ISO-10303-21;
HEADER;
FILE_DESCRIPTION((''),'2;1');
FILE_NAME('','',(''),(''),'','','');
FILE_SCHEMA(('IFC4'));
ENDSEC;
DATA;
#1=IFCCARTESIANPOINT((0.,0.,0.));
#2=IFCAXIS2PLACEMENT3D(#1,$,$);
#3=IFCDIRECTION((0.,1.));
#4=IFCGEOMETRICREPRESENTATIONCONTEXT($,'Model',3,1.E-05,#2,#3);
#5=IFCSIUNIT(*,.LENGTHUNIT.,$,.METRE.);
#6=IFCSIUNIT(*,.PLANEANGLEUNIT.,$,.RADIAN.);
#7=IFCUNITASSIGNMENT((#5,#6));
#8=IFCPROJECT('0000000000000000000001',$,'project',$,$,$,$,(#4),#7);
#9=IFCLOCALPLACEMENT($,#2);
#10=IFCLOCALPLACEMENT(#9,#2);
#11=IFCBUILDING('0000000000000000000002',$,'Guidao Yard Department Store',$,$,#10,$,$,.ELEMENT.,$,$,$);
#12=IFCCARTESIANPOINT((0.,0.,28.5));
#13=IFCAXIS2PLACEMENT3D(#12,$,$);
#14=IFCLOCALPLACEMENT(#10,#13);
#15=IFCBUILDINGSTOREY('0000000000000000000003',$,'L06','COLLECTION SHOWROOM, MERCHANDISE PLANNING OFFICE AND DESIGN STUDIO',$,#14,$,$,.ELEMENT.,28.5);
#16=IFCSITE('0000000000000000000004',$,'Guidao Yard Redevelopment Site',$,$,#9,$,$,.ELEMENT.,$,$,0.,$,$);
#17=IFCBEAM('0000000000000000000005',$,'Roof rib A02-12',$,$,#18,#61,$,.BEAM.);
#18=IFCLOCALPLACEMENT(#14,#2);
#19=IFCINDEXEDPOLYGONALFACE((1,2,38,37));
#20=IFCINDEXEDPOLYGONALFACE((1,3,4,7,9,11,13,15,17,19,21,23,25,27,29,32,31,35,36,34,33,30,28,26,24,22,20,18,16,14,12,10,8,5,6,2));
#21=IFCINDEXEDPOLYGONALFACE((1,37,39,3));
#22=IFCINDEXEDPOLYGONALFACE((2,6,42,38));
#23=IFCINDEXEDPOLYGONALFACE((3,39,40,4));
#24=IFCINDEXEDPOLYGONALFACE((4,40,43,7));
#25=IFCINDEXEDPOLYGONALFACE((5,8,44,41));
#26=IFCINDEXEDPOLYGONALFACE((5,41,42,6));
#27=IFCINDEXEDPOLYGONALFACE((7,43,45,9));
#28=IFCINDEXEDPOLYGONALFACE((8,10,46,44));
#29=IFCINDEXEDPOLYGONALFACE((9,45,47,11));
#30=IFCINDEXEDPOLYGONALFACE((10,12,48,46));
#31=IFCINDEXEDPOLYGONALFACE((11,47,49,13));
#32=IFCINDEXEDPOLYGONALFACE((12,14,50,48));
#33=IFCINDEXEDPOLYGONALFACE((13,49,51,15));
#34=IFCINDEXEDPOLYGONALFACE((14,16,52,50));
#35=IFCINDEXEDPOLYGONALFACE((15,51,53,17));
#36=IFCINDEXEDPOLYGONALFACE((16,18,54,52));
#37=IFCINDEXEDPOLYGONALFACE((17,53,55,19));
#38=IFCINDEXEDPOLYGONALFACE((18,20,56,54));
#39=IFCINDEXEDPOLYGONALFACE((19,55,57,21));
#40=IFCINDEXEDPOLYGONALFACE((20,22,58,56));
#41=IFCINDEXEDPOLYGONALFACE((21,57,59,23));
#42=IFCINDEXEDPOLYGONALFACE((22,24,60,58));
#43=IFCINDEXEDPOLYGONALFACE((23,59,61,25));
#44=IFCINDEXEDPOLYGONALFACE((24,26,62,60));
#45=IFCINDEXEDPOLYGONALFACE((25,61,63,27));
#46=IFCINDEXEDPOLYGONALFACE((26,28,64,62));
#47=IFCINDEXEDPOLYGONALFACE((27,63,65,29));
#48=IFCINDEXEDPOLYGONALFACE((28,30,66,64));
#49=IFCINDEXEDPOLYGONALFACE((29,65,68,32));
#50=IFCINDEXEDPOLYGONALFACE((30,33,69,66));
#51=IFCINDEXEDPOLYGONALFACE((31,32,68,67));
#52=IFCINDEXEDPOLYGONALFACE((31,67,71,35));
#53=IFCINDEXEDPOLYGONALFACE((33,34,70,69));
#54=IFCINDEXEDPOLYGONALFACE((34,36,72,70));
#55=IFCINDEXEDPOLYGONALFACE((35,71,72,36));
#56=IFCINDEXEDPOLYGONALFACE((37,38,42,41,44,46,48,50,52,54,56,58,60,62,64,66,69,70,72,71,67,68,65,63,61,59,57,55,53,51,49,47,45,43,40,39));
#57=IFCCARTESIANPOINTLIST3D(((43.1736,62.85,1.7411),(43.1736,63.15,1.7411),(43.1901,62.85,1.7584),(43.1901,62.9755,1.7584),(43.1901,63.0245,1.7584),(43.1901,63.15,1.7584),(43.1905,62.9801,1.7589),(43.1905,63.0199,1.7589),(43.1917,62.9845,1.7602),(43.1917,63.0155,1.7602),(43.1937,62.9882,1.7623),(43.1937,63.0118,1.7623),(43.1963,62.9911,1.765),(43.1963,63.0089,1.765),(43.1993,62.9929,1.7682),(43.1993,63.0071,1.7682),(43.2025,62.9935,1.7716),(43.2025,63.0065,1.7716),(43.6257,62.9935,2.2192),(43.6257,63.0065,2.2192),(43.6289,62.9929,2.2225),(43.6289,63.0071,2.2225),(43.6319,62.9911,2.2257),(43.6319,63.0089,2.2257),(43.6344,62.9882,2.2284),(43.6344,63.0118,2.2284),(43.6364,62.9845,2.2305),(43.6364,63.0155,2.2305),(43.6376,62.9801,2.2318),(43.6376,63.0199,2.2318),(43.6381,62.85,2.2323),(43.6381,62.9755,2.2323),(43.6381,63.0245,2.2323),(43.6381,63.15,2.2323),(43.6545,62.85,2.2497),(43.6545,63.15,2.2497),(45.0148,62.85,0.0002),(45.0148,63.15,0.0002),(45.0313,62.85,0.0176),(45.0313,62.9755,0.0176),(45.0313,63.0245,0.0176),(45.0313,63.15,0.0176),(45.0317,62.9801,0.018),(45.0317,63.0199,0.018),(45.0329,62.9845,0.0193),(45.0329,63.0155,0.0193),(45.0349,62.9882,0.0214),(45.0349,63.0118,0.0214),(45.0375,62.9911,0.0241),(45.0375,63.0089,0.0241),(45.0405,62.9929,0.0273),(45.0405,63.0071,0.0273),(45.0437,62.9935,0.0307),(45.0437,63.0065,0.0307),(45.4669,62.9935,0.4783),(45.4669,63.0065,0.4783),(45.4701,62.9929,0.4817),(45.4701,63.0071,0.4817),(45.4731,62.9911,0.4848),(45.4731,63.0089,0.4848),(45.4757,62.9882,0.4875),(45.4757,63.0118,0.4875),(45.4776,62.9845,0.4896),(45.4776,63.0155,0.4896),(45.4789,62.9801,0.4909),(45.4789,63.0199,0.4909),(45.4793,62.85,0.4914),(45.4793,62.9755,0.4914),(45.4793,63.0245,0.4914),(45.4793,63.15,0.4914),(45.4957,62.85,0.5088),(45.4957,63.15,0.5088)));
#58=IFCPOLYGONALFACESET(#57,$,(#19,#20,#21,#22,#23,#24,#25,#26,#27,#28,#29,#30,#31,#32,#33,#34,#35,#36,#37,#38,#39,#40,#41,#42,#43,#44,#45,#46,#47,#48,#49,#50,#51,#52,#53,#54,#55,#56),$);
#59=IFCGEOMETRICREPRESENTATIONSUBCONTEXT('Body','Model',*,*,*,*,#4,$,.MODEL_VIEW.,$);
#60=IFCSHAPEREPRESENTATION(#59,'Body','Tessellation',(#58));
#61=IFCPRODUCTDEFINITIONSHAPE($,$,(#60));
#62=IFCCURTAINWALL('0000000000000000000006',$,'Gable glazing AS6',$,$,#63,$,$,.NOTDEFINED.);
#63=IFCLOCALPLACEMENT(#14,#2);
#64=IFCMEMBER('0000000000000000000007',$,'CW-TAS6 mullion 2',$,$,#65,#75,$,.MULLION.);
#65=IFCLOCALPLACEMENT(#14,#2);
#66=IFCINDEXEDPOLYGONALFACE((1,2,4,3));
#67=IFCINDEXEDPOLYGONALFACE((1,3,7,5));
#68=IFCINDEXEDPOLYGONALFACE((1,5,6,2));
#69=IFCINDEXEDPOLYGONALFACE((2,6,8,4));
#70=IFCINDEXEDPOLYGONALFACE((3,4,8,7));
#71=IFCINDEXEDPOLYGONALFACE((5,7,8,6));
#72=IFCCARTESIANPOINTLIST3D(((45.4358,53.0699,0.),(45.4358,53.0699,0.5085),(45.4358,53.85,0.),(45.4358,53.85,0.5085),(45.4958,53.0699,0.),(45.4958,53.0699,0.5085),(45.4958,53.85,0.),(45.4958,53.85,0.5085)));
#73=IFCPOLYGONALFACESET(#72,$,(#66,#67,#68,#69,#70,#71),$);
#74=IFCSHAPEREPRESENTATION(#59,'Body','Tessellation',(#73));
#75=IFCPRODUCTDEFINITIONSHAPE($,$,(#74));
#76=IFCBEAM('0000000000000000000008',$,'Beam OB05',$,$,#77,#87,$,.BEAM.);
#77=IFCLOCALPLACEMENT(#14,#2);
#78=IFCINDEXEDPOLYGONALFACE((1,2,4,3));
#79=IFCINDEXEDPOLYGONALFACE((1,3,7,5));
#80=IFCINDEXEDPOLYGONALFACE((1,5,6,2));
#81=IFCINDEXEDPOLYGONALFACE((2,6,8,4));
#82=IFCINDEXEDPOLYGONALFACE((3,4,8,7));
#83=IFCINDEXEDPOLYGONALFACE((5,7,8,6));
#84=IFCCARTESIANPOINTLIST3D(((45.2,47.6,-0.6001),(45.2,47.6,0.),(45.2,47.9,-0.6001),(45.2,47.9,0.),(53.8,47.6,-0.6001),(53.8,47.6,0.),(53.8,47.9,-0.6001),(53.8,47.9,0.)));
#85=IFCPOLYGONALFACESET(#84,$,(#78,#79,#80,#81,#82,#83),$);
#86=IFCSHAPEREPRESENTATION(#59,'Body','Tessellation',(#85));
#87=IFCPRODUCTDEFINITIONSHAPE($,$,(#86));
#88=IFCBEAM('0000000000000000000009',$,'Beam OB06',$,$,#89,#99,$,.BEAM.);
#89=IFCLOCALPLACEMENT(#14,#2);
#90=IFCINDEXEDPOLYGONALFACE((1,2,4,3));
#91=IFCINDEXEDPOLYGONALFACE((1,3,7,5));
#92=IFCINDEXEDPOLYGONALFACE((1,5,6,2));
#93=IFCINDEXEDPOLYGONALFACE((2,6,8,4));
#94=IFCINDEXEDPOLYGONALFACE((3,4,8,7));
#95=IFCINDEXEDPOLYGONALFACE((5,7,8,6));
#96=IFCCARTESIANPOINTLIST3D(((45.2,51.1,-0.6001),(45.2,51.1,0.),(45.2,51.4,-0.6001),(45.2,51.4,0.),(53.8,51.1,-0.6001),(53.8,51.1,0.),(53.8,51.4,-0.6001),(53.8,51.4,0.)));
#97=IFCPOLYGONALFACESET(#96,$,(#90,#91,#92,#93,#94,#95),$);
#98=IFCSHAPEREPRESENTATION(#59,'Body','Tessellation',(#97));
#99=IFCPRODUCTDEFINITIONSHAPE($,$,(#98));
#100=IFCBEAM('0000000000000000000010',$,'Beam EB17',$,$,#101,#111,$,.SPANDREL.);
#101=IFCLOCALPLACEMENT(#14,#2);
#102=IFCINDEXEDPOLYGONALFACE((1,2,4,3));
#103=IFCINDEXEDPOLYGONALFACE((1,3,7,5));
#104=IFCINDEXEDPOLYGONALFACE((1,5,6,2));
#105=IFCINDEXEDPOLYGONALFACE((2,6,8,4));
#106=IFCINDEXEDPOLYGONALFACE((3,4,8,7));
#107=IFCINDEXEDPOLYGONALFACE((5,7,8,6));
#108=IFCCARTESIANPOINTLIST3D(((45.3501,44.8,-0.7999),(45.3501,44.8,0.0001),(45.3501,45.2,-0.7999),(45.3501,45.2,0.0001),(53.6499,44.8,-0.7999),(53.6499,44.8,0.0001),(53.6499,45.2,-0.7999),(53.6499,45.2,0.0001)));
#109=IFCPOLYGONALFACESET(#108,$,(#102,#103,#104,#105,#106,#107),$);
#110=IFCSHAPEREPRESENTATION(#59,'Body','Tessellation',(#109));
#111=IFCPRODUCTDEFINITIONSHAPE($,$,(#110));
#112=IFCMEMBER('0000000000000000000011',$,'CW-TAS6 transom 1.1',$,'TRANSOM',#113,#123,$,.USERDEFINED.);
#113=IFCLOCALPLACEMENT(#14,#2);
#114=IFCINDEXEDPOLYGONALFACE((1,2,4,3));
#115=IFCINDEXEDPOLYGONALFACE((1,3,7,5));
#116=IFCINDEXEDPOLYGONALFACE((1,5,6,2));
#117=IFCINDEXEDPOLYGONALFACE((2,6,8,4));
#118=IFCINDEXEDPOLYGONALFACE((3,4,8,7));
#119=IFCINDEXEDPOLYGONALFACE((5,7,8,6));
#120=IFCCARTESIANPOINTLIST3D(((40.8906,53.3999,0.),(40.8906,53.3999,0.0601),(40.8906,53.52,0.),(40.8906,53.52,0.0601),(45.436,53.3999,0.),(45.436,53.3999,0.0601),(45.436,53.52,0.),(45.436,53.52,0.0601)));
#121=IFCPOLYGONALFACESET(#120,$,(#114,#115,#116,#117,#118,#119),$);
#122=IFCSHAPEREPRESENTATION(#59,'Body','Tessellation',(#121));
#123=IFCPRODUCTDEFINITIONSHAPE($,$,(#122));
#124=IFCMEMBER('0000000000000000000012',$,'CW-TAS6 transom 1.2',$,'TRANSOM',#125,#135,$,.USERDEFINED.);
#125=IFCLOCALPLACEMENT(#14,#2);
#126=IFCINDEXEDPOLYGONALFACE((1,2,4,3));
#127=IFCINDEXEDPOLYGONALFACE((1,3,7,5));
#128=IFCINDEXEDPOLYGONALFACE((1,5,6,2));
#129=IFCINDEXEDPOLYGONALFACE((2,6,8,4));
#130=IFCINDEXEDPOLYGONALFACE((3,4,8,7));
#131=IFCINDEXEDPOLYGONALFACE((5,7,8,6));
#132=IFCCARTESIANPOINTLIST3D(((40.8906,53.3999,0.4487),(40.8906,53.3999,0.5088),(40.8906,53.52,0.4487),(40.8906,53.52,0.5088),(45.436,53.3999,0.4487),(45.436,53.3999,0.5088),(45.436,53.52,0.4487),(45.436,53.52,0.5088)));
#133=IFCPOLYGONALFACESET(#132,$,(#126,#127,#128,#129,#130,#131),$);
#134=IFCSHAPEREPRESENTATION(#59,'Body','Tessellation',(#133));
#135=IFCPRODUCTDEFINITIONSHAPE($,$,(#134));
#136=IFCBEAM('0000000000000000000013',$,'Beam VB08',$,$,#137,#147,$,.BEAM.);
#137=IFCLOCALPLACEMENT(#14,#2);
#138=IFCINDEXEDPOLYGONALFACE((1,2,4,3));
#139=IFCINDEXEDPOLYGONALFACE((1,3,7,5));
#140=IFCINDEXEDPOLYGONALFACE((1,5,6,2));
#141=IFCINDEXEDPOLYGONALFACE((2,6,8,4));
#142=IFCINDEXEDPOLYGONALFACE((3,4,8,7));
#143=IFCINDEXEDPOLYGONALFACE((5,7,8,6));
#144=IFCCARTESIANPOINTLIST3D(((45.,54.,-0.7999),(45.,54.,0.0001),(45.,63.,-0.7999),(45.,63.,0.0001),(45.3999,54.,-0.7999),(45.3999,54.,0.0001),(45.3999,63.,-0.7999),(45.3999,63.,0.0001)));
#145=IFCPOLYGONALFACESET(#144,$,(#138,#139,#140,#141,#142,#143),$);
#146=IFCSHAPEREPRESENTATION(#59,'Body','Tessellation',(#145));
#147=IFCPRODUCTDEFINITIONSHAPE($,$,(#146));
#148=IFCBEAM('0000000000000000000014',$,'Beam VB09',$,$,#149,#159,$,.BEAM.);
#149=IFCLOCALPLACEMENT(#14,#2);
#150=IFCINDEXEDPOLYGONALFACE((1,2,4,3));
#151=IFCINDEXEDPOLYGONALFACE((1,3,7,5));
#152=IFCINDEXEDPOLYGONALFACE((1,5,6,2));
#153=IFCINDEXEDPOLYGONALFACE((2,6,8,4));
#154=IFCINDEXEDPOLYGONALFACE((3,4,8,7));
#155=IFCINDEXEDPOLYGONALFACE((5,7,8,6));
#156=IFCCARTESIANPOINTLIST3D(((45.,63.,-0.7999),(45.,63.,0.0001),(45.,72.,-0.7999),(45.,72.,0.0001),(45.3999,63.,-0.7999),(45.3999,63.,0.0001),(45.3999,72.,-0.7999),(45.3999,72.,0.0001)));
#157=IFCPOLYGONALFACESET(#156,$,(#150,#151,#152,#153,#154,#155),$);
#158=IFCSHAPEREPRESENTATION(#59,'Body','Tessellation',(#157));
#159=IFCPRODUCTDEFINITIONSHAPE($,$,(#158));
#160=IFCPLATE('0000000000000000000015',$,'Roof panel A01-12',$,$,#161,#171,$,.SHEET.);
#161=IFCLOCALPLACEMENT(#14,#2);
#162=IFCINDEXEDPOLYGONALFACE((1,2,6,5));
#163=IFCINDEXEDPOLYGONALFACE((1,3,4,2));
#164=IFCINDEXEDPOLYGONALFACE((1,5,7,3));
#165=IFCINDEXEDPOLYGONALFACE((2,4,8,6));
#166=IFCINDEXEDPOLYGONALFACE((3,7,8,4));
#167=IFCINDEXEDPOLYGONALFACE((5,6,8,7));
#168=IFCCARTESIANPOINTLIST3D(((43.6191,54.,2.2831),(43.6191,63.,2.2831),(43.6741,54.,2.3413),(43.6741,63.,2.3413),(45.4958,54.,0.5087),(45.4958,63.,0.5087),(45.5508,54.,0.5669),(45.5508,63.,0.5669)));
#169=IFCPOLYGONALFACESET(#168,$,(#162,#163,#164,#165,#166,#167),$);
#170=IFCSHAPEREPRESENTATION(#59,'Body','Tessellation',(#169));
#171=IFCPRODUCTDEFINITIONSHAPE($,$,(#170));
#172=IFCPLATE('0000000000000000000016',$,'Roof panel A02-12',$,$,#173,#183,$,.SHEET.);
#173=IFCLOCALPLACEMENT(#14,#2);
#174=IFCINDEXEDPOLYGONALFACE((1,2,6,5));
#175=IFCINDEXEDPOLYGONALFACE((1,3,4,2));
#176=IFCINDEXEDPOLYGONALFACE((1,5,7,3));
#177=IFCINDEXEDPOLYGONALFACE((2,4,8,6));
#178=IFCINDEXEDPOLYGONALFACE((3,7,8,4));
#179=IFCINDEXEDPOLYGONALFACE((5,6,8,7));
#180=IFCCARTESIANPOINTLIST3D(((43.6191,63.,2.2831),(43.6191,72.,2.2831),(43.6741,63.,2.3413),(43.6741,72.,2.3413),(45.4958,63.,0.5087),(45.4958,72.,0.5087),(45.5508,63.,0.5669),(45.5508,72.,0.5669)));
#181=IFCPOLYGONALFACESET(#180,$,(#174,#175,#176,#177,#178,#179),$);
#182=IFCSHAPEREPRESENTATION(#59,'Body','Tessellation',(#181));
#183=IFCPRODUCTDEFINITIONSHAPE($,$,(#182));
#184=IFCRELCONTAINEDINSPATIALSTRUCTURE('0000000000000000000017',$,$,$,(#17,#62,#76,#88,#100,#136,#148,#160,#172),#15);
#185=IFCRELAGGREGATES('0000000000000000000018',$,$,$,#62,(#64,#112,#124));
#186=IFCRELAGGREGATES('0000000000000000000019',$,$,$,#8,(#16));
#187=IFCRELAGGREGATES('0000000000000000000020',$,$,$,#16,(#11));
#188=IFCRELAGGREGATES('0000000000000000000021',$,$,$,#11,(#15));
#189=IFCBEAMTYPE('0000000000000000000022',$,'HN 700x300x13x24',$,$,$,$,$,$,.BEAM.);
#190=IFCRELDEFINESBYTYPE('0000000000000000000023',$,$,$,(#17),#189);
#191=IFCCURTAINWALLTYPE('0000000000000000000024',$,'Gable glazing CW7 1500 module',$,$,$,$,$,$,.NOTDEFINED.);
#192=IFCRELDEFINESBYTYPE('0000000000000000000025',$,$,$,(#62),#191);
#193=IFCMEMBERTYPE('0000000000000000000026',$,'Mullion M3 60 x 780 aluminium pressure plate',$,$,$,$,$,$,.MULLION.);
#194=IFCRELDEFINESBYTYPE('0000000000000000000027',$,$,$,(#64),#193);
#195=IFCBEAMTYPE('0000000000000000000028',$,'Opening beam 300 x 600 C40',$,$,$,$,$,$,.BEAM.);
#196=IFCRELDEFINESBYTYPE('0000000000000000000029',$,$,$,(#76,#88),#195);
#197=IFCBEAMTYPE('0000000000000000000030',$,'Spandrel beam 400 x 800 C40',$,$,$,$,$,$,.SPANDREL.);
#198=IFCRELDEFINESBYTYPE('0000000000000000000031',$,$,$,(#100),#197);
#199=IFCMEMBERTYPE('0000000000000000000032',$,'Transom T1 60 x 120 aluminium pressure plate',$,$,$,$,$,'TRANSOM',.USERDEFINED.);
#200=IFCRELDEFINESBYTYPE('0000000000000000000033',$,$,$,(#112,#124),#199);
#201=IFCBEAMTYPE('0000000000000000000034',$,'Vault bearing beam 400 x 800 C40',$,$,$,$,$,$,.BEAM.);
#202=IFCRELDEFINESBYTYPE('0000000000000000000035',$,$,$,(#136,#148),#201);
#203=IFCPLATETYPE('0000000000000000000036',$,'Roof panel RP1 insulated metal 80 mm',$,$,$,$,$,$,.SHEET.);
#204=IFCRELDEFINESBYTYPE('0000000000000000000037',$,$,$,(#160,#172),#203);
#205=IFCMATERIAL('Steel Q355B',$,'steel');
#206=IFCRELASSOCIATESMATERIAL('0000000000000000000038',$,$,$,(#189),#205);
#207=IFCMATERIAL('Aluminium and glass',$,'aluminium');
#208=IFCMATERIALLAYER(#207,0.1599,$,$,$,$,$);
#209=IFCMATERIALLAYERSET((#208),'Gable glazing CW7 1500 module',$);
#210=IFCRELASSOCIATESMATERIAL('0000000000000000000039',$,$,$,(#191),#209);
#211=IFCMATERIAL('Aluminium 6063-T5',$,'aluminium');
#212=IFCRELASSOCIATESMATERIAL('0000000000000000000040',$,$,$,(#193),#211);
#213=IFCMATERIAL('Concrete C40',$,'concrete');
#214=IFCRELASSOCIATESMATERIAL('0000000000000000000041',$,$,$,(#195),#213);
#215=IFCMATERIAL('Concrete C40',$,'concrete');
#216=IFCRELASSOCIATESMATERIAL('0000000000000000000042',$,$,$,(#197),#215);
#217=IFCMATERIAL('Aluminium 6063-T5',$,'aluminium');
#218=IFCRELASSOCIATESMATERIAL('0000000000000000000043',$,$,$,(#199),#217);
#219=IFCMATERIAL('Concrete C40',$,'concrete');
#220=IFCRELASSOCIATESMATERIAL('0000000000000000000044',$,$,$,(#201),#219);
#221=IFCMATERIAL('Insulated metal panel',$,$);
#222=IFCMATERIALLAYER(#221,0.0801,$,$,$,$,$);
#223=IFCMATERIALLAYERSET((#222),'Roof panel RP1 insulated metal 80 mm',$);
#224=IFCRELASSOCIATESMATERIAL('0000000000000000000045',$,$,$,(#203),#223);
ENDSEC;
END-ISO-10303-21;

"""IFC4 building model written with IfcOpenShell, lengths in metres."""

from ifc_helpers import new_model, si_unit, direction, frame, origin, origin_2d, place, context, subcontext, project, spatial, polyline, rectangle, i_section, outline, extrude, material, layer, layer_set, material_profile, profile_set, type_object, element, aggregate, save


model = new_model("IFC4")

# Units and contexts
model_context = context("Model", 3, precision=1e-05, world=origin(), true_north=direction((0.0, 1.0)))
body_context = subcontext(model_context, "Body", "Model", "MODEL_VIEW")
ifc_project = project(units=[si_unit("LENGTHUNIT", "METRE"), si_unit("PLANEANGLEUNIT", "RADIAN")], contexts=[model_context])

# Site, building, storey
site_placement = place(None, origin())
site = spatial("IfcSite", under=ifc_project, at=site_placement, Name="Guidao Yard Redevelopment Site", CompositionType="ELEMENT", RefElevation=0.0)
building_placement = place(site_placement, origin())
building = spatial("IfcBuilding", under=site, at=building_placement, Name="Guidao Yard Department Store", CompositionType="ELEMENT")
storey_placement = place(building_placement, frame((0.0, 0.0, 28.5)))
storey = spatial("IfcBuildingStorey", under=building, at=storey_placement, Name="L06", Description="COLLECTION SHOWROOM, MERCHANDISE PLANNING OFFICE AND DESIGN STUDIO", CompositionType="ELEMENT", Elevation=28.5)

# Beam
ifc_material_1 = material(Name="Steel Q355B", Category="steel")
ifc_material_profile_1 = material_profile(ifc_material_1, i_section(OverallWidth=0.3, OverallDepth=0.7, WebThickness=0.0129, FlangeThickness=0.0239, FilletRadius=0.0181, at=origin_2d()), Name="HN 700x300x13x24")
ifc_profile_set_1 = profile_set([ifc_material_profile_1], Name="Steel Q355B")
beam_type_1 = type_object("IfcBeamType", Name="HN 700x300x13x24", PredefinedType="BEAM", material=ifc_profile_set_1)
for number, where, z_axis, x_axis, name in (
    (1, (43.4141, 63.0, 1.9954), (0.726628, 0.0, -0.687031), (0.0, 1.0, 0.0), "Roof rib A02-12"),
):
    element("IfcBeam", number, at=place(storey_placement, frame(where, z_axis=z_axis, x_axis=x_axis)), inside=storey, type_object=beam_type_1, Name=name, PredefinedType="BEAM", context=body_context, shape_type="SweptSolid", body=[
        extrude(i_section(OverallWidth=0.3, OverallDepth=0.7, WebThickness=0.0129, FlangeThickness=0.0239, FilletRadius=0.0181, at=origin_2d()), origin(), (0.0, 0.0, 1.0), 2.5339),
    ])

# Curtain wall, member
ifc_material_2 = material(Name="Aluminium and glass", Category="aluminium")
ifc_layer_1 = layer(ifc_material_2, 0.1599)
ifc_layer_set_1 = layer_set([ifc_layer_1], Name="Gable glazing CW7 1500 module")
curtain_wall_type = type_object("IfcCurtainWallType", Name="Gable glazing CW7 1500 module", PredefinedType="NOTDEFINED", material=ifc_layer_set_1)
curtain_wall_placement = place(storey_placement, origin())
curtain_wall = element("IfcCurtainWall", 2, at=curtain_wall_placement, inside=storey, type_object=curtain_wall_type, Name="Gable glazing AS6", PredefinedType="NOTDEFINED")
ifc_material_3 = material(Name="Aluminium 6063-T5", Category="aluminium")
ifc_material_profile_2 = material_profile(ifc_material_3, rectangle(XDim=0.0601, YDim=0.78, at=origin_2d()), Name="Mullion M3 60 x 780 aluminium pressure plate")
ifc_profile_set_2 = profile_set([ifc_material_profile_2], Name="Aluminium 6063-T5")
member_type_1 = type_object("IfcMemberType", Name="Mullion M3 60 x 780 aluminium pressure plate", PredefinedType="MULLION", material=ifc_profile_set_2)
member_1_placement = place(storey_placement, frame((45.4658, 53.46, 0.0), z_axis=(0.0, 0.0, 1.0), x_axis=(-1.0, 0.0, 0.0)))
member_1 = element("IfcMember", 3, at=member_1_placement, type_object=member_type_1, Name="CW-TAS6 mullion 2", PredefinedType="MULLION", context=body_context, shape_type="SweptSolid", body=[
    extrude(rectangle(XDim=0.0601, YDim=0.78, at=origin_2d()), origin(), (0.0, 0.0, 1.0), 0.5085),
])

# Beams
ifc_material_4 = material(Name="Concrete C40", Category="concrete")
ifc_material_profile_3 = material_profile(ifc_material_4, rectangle(XDim=0.3, YDim=0.6001, at=origin_2d()), Name="Opening beam 300 x 600 C40")
ifc_profile_set_3 = profile_set([ifc_material_profile_3], Name="Concrete C40")
beam_type_2 = type_object("IfcBeamType", Name="Opening beam 300 x 600 C40", PredefinedType="BEAM", material=ifc_profile_set_3)
for number, where, z_axis, x_axis, name in (
    (4, (45.2, 47.75, -0.3), (1.0, 0.0, 0.0), (0.0, 1.0, 0.0), "Beam OB05"),
    (5, (45.2, 51.25, -0.3), (1.0, 0.0, 0.0), (0.0, 1.0, 0.0), "Beam OB06"),
):
    element("IfcBeam", number, at=place(storey_placement, frame(where, z_axis=z_axis, x_axis=x_axis)), inside=storey, type_object=beam_type_2, Name=name, PredefinedType="BEAM", context=body_context, shape_type="SweptSolid", body=[
        extrude(rectangle(XDim=0.3, YDim=0.6001, at=origin_2d()), origin(), (0.0, 0.0, 1.0), 8.6001),
    ])
ifc_material_5 = material(Name="Concrete C40", Category="concrete")
ifc_material_profile_4 = material_profile(ifc_material_5, rectangle(XDim=0.3999, YDim=0.8, at=origin_2d()), Name="Spandrel beam 400 x 800 C40")
ifc_profile_set_4 = profile_set([ifc_material_profile_4], Name="Concrete C40")
beam_type_3 = type_object("IfcBeamType", Name="Spandrel beam 400 x 800 C40", PredefinedType="SPANDREL", material=ifc_profile_set_4)
beam_placement = place(storey_placement, frame((45.3501, 45.0, -0.3999), z_axis=(1.0, 0.0, 0.0), x_axis=(0.0, 1.0, 0.0)))
element("IfcBeam", 6, at=beam_placement, inside=storey, type_object=beam_type_3, Name="Beam EB17", PredefinedType="SPANDREL", context=body_context, shape_type="SweptSolid", body=[
    extrude(rectangle(XDim=0.3999, YDim=0.8, at=origin_2d()), origin(), (0.0, 0.0, 1.0), 8.2998),
])

# Members
ifc_material_6 = material(Name="Aluminium 6063-T5", Category="aluminium")
ifc_material_profile_5 = material_profile(ifc_material_6, rectangle(XDim=0.1201, YDim=0.0601, at=origin_2d()), Name="Transom T1 60 x 120 aluminium pressure plate")
ifc_profile_set_5 = profile_set([ifc_material_profile_5], Name="Aluminium 6063-T5")
member_type_2 = type_object("IfcMemberType", Name="Transom T1 60 x 120 aluminium pressure plate", ElementType="TRANSOM", PredefinedType="USERDEFINED", material=ifc_profile_set_5)
member_2_placement = place(storey_placement, frame((45.436, 53.46, 0.03), z_axis=(-1.0, 0.0, 0.0), x_axis=(0.0, -1.0, 0.0)))
member_2 = element("IfcMember", 7, at=member_2_placement, type_object=member_type_2, Name="CW-TAS6 transom 1.1", ObjectType="TRANSOM", PredefinedType="USERDEFINED", context=body_context, shape_type="SweptSolid", body=[
    extrude(rectangle(XDim=0.1201, YDim=0.0601, at=origin_2d()), origin(), (0.0, 0.0, 1.0), 4.5454),
])
member_3_placement = place(storey_placement, frame((45.436, 53.46, 0.4788), z_axis=(-1.0, 0.0, 0.0), x_axis=(0.0, -1.0, 0.0)))
member_3 = element("IfcMember", 8, at=member_3_placement, type_object=member_type_2, Name="CW-TAS6 transom 1.2", ObjectType="TRANSOM", PredefinedType="USERDEFINED", context=body_context, shape_type="SweptSolid", body=[
    extrude(rectangle(XDim=0.1201, YDim=0.0601, at=origin_2d()), origin(), (0.0, 0.0, 1.0), 4.5454),
])
aggregate(curtain_wall, [member_1, member_2, member_3])

# Beams
ifc_material_7 = material(Name="Concrete C40", Category="concrete")
ifc_material_profile_6 = material_profile(ifc_material_7, rectangle(XDim=0.3999, YDim=0.8, at=origin_2d()), Name="Vault bearing beam 400 x 800 C40")
ifc_profile_set_6 = profile_set([ifc_material_profile_6], Name="Concrete C40")
beam_type_4 = type_object("IfcBeamType", Name="Vault bearing beam 400 x 800 C40", PredefinedType="BEAM", material=ifc_profile_set_6)
for number, where, z_axis, x_axis, name in (
    (9, (45.2, 54.0, -0.3999), (0.0, 1.0, 0.0), (-1.0, 0.0, 0.0), "Beam VB08"),
    (10, (45.2, 63.0, -0.3999), (0.0, 1.0, 0.0), (-1.0, 0.0, 0.0), "Beam VB09"),
):
    element("IfcBeam", number, at=place(storey_placement, frame(where, z_axis=z_axis, x_axis=x_axis)), inside=storey, type_object=beam_type_4, Name=name, PredefinedType="BEAM", context=body_context, shape_type="SweptSolid", body=[
        extrude(rectangle(XDim=0.3999, YDim=0.8, at=origin_2d()), origin(), (0.0, 0.0, 1.0), 9.0),
    ])

# Plates
ifc_material_8 = material(Name="Insulated metal panel")
ifc_layer_2 = layer(ifc_material_8, 0.0801)
ifc_layer_set_2 = layer_set([ifc_layer_2], Name="Roof panel RP1 insulated metal 80 mm")
plate_type = type_object("IfcPlateType", Name="Roof panel RP1 insulated metal 80 mm", PredefinedType="SHEET", material=ifc_layer_set_2)
for number, where, z_axis, x_axis, name in (
    (11, (43.6741, 54.0, 2.3413), (0.687026, 0.0, 0.726633), (0.726633, 0.0, -0.687026), "Roof panel A01-12"),
    (12, (43.6741, 63.0, 2.3413), (0.687026, 0.0, 0.726633), (0.726633, 0.0, -0.687026), "Roof panel A02-12"),
):
    element("IfcPlate", number, at=place(storey_placement, frame(where, z_axis=z_axis, x_axis=x_axis)), inside=storey, type_object=plate_type, Name=name, PredefinedType="SHEET", context=body_context, shape_type="SweptSolid", body=[
        extrude(outline(polyline([(0.0, 0.0), (2.5827, 0.0), (2.5827, 9.0), (0.0, 9.0), (0.0, 0.0)])), origin(), (0.0, 0.0, -1.0), 0.0801),
    ])

save(model, "model.ifc")
